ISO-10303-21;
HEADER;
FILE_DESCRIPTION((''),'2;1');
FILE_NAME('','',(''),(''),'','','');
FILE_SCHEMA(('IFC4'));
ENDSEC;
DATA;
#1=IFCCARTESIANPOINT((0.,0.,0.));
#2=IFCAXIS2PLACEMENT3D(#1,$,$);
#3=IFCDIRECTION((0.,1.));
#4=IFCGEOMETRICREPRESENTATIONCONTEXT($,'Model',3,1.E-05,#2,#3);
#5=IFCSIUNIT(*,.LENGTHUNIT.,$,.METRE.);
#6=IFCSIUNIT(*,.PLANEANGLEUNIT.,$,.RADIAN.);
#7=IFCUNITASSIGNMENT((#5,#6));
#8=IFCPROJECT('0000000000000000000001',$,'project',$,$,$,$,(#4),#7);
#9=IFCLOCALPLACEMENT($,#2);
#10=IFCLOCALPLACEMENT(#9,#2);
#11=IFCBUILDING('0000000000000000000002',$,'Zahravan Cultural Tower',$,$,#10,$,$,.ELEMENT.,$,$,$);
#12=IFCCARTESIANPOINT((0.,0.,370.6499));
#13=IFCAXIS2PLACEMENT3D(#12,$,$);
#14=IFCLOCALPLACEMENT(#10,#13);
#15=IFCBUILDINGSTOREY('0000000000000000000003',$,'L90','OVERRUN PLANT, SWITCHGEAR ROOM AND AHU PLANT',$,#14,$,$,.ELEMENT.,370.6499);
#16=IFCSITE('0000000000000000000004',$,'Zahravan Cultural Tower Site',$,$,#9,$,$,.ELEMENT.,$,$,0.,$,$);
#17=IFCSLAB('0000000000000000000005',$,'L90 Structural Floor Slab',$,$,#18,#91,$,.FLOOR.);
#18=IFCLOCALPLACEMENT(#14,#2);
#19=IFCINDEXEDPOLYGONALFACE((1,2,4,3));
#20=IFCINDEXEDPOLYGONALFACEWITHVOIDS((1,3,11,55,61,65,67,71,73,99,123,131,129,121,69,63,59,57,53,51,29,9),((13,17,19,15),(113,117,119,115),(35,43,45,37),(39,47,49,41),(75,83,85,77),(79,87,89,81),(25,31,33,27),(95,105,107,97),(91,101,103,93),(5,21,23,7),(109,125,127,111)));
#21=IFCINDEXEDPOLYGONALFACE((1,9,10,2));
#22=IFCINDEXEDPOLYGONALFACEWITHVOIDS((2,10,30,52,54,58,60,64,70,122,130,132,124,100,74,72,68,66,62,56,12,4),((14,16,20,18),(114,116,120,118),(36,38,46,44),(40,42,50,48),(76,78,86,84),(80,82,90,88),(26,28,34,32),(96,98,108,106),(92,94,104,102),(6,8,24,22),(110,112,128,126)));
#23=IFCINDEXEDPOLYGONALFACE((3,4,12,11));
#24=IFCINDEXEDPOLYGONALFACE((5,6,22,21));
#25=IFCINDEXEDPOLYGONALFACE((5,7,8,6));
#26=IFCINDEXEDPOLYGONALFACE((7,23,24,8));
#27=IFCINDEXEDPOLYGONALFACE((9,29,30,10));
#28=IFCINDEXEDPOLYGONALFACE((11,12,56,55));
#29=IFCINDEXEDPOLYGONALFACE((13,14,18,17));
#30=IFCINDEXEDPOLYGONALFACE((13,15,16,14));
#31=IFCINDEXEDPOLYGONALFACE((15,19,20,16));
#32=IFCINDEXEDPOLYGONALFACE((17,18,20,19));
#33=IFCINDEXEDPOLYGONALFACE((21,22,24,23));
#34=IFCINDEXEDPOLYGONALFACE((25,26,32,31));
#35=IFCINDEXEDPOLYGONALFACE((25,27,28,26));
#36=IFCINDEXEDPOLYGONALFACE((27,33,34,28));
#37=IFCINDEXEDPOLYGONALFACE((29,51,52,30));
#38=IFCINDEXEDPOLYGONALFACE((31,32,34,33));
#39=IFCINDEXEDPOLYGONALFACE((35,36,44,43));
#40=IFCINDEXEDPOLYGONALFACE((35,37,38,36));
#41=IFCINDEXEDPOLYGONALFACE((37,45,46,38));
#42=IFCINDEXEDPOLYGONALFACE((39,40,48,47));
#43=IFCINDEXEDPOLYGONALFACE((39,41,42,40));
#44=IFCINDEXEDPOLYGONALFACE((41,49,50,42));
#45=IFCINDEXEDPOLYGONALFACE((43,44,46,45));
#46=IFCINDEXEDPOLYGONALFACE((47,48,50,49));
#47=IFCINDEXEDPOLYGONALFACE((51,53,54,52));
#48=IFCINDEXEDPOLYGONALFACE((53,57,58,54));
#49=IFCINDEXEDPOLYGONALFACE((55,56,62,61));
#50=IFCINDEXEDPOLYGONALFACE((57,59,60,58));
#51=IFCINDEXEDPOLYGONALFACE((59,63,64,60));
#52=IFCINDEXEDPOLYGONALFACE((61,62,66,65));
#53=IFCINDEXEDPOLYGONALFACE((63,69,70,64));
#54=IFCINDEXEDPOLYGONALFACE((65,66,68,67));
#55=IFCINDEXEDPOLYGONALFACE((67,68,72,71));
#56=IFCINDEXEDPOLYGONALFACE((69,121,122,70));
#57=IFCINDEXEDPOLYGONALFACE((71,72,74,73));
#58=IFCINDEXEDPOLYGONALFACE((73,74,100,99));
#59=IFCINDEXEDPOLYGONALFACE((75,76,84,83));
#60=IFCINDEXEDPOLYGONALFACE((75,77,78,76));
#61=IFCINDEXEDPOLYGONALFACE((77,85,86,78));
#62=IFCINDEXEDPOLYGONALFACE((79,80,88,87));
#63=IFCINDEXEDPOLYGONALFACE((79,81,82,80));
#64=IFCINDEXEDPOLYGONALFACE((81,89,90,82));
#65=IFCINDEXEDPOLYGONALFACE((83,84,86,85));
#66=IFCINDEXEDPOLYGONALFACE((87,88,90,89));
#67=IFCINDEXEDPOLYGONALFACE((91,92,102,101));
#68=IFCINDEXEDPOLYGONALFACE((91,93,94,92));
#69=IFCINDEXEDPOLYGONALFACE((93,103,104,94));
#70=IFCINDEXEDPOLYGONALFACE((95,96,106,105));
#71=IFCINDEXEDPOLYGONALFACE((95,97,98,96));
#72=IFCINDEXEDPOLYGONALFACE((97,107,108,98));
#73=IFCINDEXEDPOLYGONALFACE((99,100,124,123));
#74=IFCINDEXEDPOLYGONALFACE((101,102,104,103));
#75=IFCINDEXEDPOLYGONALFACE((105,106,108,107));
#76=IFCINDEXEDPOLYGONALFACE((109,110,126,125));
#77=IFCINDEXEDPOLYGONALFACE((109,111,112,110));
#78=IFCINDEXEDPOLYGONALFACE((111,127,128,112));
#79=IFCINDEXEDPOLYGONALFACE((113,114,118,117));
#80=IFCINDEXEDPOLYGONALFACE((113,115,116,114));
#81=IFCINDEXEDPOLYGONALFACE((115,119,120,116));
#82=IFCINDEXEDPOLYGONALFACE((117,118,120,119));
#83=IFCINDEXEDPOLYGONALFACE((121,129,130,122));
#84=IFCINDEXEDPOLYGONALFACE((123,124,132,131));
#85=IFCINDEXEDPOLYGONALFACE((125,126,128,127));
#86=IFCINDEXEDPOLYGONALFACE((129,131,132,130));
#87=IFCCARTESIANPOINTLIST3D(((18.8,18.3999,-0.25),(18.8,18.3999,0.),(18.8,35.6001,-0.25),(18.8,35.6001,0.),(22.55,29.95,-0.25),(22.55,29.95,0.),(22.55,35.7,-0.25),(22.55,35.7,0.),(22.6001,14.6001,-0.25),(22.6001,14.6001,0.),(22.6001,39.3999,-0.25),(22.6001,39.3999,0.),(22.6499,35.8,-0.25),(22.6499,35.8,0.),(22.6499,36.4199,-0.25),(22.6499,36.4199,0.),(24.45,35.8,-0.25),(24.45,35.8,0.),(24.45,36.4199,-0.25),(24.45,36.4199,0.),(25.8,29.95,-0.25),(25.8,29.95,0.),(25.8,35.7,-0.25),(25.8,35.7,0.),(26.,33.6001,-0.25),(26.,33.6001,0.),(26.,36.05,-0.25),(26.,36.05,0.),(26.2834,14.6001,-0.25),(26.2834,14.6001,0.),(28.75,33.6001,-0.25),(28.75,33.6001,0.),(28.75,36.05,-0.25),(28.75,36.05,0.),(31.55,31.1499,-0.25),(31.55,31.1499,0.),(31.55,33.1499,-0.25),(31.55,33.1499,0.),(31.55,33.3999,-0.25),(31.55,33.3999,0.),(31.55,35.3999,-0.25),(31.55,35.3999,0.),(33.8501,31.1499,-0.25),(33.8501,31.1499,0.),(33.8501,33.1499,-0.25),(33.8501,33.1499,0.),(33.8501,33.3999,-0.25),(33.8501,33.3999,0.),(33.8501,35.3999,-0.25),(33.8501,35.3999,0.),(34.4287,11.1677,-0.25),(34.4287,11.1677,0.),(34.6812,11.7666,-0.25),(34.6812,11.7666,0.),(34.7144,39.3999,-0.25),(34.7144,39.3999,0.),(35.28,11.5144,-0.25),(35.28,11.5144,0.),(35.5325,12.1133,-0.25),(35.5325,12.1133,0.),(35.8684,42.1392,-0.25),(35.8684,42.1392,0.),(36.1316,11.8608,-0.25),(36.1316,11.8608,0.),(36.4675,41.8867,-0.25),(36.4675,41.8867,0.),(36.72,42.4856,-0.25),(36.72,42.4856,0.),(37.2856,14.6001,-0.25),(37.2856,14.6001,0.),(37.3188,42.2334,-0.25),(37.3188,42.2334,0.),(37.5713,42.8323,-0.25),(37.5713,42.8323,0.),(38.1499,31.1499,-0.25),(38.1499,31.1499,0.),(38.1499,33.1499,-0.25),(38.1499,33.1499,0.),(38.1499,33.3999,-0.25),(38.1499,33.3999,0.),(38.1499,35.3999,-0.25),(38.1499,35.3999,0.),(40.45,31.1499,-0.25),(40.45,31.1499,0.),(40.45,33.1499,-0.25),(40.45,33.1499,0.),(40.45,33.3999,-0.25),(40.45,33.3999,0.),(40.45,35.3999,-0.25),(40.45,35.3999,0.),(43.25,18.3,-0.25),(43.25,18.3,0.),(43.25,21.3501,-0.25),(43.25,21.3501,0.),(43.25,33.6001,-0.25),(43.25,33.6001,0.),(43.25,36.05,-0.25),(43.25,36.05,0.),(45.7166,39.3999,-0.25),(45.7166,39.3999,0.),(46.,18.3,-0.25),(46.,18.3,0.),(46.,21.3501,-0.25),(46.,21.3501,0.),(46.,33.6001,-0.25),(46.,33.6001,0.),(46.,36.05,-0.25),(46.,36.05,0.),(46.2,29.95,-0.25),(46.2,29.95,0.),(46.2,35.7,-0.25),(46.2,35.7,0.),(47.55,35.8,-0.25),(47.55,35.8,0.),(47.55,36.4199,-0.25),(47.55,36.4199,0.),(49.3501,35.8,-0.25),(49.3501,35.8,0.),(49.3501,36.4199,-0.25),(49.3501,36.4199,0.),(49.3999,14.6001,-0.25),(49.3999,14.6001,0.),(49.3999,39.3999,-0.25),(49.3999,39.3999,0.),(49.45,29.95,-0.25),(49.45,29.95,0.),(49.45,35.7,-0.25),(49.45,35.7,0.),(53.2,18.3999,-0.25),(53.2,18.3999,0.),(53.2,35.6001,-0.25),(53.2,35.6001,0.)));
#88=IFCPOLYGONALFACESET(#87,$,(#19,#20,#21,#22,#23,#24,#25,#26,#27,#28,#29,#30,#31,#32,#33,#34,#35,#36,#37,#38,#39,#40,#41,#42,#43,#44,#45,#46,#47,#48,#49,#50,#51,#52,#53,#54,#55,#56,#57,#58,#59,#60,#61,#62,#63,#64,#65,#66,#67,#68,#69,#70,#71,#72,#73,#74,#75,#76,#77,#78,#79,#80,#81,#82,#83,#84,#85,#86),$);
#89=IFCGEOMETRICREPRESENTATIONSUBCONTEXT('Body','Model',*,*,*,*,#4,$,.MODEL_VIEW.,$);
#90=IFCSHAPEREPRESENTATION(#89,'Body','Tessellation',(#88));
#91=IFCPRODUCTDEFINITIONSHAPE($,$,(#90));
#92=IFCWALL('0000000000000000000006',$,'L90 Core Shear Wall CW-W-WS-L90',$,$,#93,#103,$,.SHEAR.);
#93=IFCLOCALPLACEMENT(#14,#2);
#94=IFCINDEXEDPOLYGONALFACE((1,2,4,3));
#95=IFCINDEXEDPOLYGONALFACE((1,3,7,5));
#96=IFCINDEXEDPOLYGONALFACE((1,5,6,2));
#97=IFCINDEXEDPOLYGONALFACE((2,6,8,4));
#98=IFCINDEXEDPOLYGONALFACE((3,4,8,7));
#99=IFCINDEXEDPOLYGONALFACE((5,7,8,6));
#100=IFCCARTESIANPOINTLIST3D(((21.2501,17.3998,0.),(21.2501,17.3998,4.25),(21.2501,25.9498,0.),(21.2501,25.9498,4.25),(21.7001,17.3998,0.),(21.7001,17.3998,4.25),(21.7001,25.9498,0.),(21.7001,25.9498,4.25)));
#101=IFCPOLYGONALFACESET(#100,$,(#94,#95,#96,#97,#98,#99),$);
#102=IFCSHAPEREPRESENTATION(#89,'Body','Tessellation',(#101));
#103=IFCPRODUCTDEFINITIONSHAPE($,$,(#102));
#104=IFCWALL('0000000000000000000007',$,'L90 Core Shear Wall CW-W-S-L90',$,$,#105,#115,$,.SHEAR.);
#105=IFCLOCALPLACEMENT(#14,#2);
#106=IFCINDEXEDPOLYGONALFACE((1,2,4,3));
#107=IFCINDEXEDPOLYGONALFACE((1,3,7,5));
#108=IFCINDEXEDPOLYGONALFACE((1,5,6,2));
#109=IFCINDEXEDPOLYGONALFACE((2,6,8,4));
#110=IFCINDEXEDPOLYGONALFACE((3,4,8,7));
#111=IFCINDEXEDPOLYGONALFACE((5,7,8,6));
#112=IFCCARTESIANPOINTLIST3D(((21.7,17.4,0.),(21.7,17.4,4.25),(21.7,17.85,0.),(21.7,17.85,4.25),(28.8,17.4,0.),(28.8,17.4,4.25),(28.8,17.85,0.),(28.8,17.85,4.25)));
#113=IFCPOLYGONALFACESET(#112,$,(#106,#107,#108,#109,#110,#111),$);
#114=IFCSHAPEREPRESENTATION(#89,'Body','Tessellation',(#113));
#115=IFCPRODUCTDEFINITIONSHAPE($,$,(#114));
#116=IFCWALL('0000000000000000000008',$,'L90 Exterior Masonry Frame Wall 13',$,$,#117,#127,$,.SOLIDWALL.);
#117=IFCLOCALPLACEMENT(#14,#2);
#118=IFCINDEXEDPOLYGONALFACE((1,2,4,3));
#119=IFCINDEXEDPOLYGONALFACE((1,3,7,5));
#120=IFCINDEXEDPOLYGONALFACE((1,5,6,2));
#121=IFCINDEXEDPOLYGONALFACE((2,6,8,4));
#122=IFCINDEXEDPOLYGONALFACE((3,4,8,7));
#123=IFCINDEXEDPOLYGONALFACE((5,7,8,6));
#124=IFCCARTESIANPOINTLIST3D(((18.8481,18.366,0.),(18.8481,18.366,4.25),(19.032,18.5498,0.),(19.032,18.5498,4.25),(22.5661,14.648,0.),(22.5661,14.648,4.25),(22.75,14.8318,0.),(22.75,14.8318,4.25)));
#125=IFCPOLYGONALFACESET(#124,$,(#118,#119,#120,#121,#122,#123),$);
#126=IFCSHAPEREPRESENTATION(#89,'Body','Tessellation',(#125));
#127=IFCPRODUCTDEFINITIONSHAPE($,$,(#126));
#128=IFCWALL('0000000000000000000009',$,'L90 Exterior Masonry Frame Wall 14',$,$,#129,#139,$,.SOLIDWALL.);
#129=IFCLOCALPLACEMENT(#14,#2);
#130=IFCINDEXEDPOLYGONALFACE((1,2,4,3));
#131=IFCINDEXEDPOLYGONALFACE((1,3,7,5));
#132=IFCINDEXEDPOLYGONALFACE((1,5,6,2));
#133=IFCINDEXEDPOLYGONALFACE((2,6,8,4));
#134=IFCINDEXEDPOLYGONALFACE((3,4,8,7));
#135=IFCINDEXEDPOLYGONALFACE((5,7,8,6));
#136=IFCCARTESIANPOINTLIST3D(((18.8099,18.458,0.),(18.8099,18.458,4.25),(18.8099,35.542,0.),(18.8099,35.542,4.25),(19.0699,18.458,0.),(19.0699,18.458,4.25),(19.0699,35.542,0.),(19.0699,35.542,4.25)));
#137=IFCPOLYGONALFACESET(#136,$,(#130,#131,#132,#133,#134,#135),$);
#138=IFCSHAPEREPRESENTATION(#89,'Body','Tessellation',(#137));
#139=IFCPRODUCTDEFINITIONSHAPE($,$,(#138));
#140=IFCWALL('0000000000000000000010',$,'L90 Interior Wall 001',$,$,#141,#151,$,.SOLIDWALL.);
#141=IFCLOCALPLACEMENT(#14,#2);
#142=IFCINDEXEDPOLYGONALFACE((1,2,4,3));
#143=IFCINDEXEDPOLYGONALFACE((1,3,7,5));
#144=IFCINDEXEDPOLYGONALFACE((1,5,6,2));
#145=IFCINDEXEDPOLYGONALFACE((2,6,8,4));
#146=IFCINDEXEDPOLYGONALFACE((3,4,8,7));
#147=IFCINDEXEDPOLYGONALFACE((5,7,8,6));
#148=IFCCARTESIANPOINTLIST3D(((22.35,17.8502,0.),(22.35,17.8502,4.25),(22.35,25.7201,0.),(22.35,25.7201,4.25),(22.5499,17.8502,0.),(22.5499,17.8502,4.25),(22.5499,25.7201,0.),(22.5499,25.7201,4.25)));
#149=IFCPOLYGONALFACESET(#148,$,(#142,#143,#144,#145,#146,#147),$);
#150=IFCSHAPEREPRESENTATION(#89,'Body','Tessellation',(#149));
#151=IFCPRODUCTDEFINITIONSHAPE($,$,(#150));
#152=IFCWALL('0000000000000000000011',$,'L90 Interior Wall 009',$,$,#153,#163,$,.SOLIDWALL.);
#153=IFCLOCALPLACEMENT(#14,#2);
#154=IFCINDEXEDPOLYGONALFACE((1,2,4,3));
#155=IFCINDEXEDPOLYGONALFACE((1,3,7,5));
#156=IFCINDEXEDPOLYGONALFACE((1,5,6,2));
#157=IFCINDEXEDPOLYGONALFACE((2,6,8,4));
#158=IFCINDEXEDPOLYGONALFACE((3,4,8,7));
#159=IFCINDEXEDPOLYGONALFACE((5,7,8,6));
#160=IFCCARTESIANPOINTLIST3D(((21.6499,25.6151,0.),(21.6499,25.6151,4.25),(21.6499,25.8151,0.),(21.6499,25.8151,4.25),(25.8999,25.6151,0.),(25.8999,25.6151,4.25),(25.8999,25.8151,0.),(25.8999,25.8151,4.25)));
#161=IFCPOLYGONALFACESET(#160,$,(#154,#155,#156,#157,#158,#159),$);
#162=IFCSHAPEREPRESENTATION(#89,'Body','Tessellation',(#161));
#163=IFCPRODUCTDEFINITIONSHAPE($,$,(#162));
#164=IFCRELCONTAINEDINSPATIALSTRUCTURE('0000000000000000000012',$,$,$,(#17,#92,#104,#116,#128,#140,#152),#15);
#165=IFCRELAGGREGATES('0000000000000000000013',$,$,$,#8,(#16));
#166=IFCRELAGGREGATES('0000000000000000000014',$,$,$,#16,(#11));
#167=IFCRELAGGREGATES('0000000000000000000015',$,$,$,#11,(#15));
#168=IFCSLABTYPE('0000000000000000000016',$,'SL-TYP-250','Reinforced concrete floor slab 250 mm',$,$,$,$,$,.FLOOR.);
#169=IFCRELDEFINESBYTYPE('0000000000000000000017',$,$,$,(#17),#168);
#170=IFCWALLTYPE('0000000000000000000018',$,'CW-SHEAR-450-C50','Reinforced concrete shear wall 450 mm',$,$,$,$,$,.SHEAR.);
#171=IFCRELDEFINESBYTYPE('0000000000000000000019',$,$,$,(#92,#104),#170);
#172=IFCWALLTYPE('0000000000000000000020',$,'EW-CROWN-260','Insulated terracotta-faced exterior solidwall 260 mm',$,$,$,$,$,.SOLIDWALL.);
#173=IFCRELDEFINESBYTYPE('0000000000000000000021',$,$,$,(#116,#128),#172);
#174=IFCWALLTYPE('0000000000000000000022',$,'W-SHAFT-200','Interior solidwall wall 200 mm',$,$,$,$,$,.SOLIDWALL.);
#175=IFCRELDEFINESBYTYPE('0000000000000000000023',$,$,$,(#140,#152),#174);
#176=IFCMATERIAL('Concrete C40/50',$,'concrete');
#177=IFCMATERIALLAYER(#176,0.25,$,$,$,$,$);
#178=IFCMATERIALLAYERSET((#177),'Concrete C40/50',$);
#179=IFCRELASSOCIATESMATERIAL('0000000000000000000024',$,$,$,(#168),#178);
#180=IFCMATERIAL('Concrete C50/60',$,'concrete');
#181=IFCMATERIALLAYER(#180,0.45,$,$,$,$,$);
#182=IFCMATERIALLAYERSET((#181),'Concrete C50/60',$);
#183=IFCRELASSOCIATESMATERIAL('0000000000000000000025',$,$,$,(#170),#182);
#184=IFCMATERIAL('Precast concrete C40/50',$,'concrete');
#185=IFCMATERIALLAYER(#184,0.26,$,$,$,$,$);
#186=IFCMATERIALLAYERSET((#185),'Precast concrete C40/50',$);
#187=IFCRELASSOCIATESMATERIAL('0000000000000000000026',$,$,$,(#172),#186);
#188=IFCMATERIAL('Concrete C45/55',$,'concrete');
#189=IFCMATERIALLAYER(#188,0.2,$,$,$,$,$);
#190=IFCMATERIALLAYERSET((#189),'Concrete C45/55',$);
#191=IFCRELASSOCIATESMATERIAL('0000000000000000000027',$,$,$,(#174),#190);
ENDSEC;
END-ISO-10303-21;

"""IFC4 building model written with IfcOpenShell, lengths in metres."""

from ifc_helpers import new_model, si_unit, direction, frame, frame_2d, origin, place, context, subcontext, project, spatial, polyline, rectangle, outline, extrude, source, transform, mapped, material, layer, layer_set, type_object, element, save


model = new_model("IFC4")

# Units and contexts
model_context = context("Model", 3, precision=1e-05, world=origin(), true_north=direction((0.0, 1.0)))
body_context = subcontext(model_context, "Body", "Model", "MODEL_VIEW")
ifc_project = project(units=[si_unit("LENGTHUNIT", "METRE"), si_unit("PLANEANGLEUNIT", "RADIAN")], contexts=[model_context])

# Site, building, storey
site_placement = place(None, origin())
site = spatial("IfcSite", under=ifc_project, at=site_placement, Name="Zahravan Cultural Tower Site", CompositionType="ELEMENT", RefElevation=0.0)
building_placement = place(site_placement, origin())
building = spatial("IfcBuilding", under=site, at=building_placement, Name="Zahravan Cultural Tower", CompositionType="ELEMENT")
storey_placement = place(building_placement, frame((0.0, 0.0, 370.6499)))
storey = spatial("IfcBuildingStorey", under=building, at=storey_placement, Name="L90", Description="OVERRUN PLANT, SWITCHGEAR ROOM AND AHU PLANT", CompositionType="ELEMENT", Elevation=370.6499)

# Shared definitions
ifc_material_1 = material(Name="Concrete C45/55", Category="concrete")

# Shared definitions
ifc_material_2 = material(Name="Concrete C50/60", Category="concrete")

# Shared definitions
ifc_material_3 = material(Name="Precast concrete C40/50", Category="concrete")

# Slab
ifc_material_4 = material(Name="Concrete C40/50", Category="concrete")
ifc_layer_1 = layer(ifc_material_4, 0.25)
ifc_layer_set_1 = layer_set([ifc_layer_1], Name="Concrete C40/50")
slab_type_1 = type_object("IfcSlabType", Name="SL-TYP-250", Description="Reinforced concrete floor slab 250 mm", PredefinedType="FLOOR", material=ifc_layer_set_1)
slab_1_placement = place(storey_placement, frame((0.0, 0.0, -0.25)))
element("IfcSlab", 1, at=slab_1_placement, inside=storey, type_object=slab_type_1, Name="L90 Structural Floor Slab", PredefinedType="FLOOR", context=body_context, shape_type="SweptSolid", body=[
    extrude(outline(polyline([(34.7144, 39.3999), (22.6001, 39.3999), (18.8, 35.6001), (18.8, 18.3999), (22.6001, 14.6001), (26.2834, 14.6001), (34.4287, 11.1677), (34.6812, 11.7666), (35.28, 11.5144), (35.5325, 12.1133), (36.1316, 11.8608), (37.2856, 14.6001), (49.3999, 14.6001), (53.2, 18.3999), (53.2, 35.6001), (49.3999, 39.3999), (45.7166, 39.3999), (37.5713, 42.8323), (37.3188, 42.2334), (36.72, 42.4856), (36.4675, 41.8867), (35.8684, 42.1392), (34.7144, 39.3999)]), holes=[polyline([(22.55, 29.95), (22.55, 35.7), (25.8, 35.7), (25.8, 29.95), (22.55, 29.95)]), polyline([(46.2, 29.95), (46.2, 35.7), (49.45, 35.7), (49.45, 29.95), (46.2, 29.95)]), polyline([(26.0, 33.6001), (26.0, 36.05), (28.75, 36.05), (28.75, 33.6001), (26.0, 33.6001)]), polyline([(43.25, 33.6001), (43.25, 36.05), (46.0, 36.05), (46.0, 33.6001), (43.25, 33.6001)]), polyline([(43.25, 18.3), (43.25, 21.3501), (46.0, 21.3501), (46.0, 18.3), (43.25, 18.3)]), polyline([(31.55, 33.3999), (31.55, 35.3999), (33.8501, 35.3999), (33.8501, 33.3999), (31.55, 33.3999)]), polyline([(31.55, 31.1499), (31.55, 33.1499), (33.8501, 33.1499), (33.8501, 31.1499), (31.55, 31.1499)]), polyline([(38.1499, 33.3999), (38.1499, 35.3999), (40.45, 35.3999), (40.45, 33.3999), (38.1499, 33.3999)]), polyline([(38.1499, 31.1499), (38.1499, 33.1499), (40.45, 33.1499), (40.45, 31.1499), (38.1499, 31.1499)]), polyline([(22.6499, 35.8), (22.6499, 36.4199), (24.45, 36.4199), (24.45, 35.8), (22.6499, 35.8)]), polyline([(47.55, 35.8), (47.55, 36.4199), (49.3501, 36.4199), (49.3501, 35.8), (47.55, 35.8)])]), origin(), (0.0, 0.0, 1.0), 0.25),
])

# Walls
ifc_layer_2 = layer(ifc_material_2, 0.45)
ifc_layer_set_2 = layer_set([ifc_layer_2], Name="Concrete C50/60")
wall_type_1 = type_object("IfcWallType", Name="CW-SHEAR-450-C50", Description="Reinforced concrete shear wall 450 mm", PredefinedType="SHEAR", material=ifc_layer_set_2)
shared_shape_1 = source(origin(), body_context, "Body", "SweptSolid", [
    extrude(rectangle(XDim=8.55, YDim=0.45, at=frame_2d((4.2749, 0.0))), origin(), (0.0, 0.0, 1.0), 4.25),
])
wall_1_placement = place(storey_placement, frame((21.4751, 17.3999, 0.0), z_axis=(0.0, 0.0, 1.0), x_axis=(0.0, 1.0, 0.0)))
element("IfcWall", 2, at=wall_1_placement, inside=storey, type_object=wall_type_1, Name="L90 Core Shear Wall CW-W-WS-L90", PredefinedType="SHEAR", context=body_context, shape_type="MappedRepresentation", body=[
    mapped(shared_shape_1, transform((0.0, 0.0, 0.0), x_axis=(1.0, 0.0, 0.0), y_axis=(0.0, 1.0, 0.0), z_axis=(0.0, 0.0, 1.0), scale=1.0)),
])
shared_shape_2 = source(origin(), body_context, "Body", "SweptSolid", [
    extrude(rectangle(XDim=7.1001, YDim=0.45, at=frame_2d((3.55, 0.0))), origin(), (0.0, 0.0, 1.0), 4.25),
])
wall_2_placement = place(storey_placement, frame((21.7, 17.625, 0.0), z_axis=(0.0, 0.0, 1.0), x_axis=(1.0, 0.0, 0.0)))
element("IfcWall", 3, at=wall_2_placement, inside=storey, type_object=wall_type_1, Name="L90 Core Shear Wall CW-W-S-L90", PredefinedType="SHEAR", context=body_context, shape_type="MappedRepresentation", body=[
    mapped(shared_shape_2, transform((0.0, 0.0, 0.0), x_axis=(1.0, 0.0, 0.0), y_axis=(0.0, 1.0, 0.0), z_axis=(0.0, 0.0, 1.0), scale=1.0)),
])
ifc_layer_3 = layer(ifc_material_3, 0.26)
ifc_layer_set_3 = layer_set([ifc_layer_3], Name="Precast concrete C40/50")
wall_type_2 = type_object("IfcWallType", Name="EW-CROWN-260", Description="Insulated terracotta-faced exterior solidwall 260 mm", PredefinedType="SOLIDWALL", material=ifc_layer_set_3)
shared_shape_3 = source(origin(), body_context, "Body", "SweptSolid", [
    extrude(rectangle(XDim=5.2581, YDim=0.26, at=frame_2d((2.6289, 0.0))), origin(), (0.0, 0.0, 1.0), 4.25),
])
wall_3_placement = place(storey_placement, frame((22.658, 14.74, 0.0), z_axis=(0.0, 0.0, 1.0), x_axis=(-0.707107, 0.707107, 0.0)))
element("IfcWall", 4, at=wall_3_placement, inside=storey, type_object=wall_type_2, Name="L90 Exterior Masonry Frame Wall 13", PredefinedType="SOLIDWALL", context=body_context, shape_type="MappedRepresentation", body=[
    mapped(shared_shape_3, transform((0.0, 0.0, 0.0), x_axis=(1.0, 0.0, 0.0), y_axis=(0.0, 1.0, 0.0), z_axis=(0.0, 0.0, 1.0), scale=1.0)),
])
shared_shape_4 = source(origin(), body_context, "Body", "SweptSolid", [
    extrude(rectangle(XDim=17.084, YDim=0.26, at=frame_2d((8.542, 0.0))), origin(), (0.0, 0.0, 1.0), 4.25),
])
wall_4_placement = place(storey_placement, frame((18.9399, 18.458, 0.0), z_axis=(0.0, 0.0, 1.0), x_axis=(0.0, 1.0, 0.0)))
element("IfcWall", 5, at=wall_4_placement, inside=storey, type_object=wall_type_2, Name="L90 Exterior Masonry Frame Wall 14", PredefinedType="SOLIDWALL", context=body_context, shape_type="MappedRepresentation", body=[
    mapped(shared_shape_4, transform((0.0, 0.0, 0.0), x_axis=(1.0, 0.0, 0.0), y_axis=(0.0, 1.0, 0.0), z_axis=(0.0, 0.0, 1.0), scale=1.0)),
])
ifc_layer_4 = layer(ifc_material_1, 0.2)
ifc_layer_set_4 = layer_set([ifc_layer_4], Name="Concrete C45/55")
wall_type_3 = type_object("IfcWallType", Name="W-SHAFT-200", Description="Interior solidwall wall 200 mm", PredefinedType="SOLIDWALL", material=ifc_layer_set_4)
shared_shape_5 = source(origin(), body_context, "Body", "SweptSolid", [
    extrude(rectangle(XDim=7.8699, YDim=0.2, at=frame_2d((3.9351, 0.0))), origin(), (0.0, 0.0, 1.0), 4.25),
])
wall_5_placement = place(storey_placement, frame((22.45, 17.8501, 0.0), z_axis=(0.0, 0.0, 1.0), x_axis=(0.0, 1.0, 0.0)))
element("IfcWall", 6, at=wall_5_placement, inside=storey, type_object=wall_type_3, Name="L90 Interior Wall 001", PredefinedType="SOLIDWALL", context=body_context, shape_type="MappedRepresentation", body=[
    mapped(shared_shape_5, transform((0.0, 0.0, 0.0), x_axis=(1.0, 0.0, 0.0), y_axis=(0.0, 1.0, 0.0), z_axis=(0.0, 0.0, 1.0), scale=1.0)),
])
shared_shape_6 = source(origin(), body_context, "Body", "SweptSolid", [
    extrude(rectangle(XDim=4.25, YDim=0.2, at=frame_2d((2.125, 0.0))), origin(), (0.0, 0.0, 1.0), 4.25),
])
wall_6_placement = place(storey_placement, frame((21.6499, 25.7151, 0.0), z_axis=(0.0, 0.0, 1.0), x_axis=(1.0, 0.0, 0.0)))
element("IfcWall", 7, at=wall_6_placement, inside=storey, type_object=wall_type_3, Name="L90 Interior Wall 009", PredefinedType="SOLIDWALL", context=body_context, shape_type="MappedRepresentation", body=[
    mapped(shared_shape_6, transform((0.0, 0.0, 0.0), x_axis=(1.0, 0.0, 0.0), y_axis=(0.0, 1.0, 0.0), z_axis=(0.0, 0.0, 1.0), scale=1.0)),
])

save(model, "model.ifc")
